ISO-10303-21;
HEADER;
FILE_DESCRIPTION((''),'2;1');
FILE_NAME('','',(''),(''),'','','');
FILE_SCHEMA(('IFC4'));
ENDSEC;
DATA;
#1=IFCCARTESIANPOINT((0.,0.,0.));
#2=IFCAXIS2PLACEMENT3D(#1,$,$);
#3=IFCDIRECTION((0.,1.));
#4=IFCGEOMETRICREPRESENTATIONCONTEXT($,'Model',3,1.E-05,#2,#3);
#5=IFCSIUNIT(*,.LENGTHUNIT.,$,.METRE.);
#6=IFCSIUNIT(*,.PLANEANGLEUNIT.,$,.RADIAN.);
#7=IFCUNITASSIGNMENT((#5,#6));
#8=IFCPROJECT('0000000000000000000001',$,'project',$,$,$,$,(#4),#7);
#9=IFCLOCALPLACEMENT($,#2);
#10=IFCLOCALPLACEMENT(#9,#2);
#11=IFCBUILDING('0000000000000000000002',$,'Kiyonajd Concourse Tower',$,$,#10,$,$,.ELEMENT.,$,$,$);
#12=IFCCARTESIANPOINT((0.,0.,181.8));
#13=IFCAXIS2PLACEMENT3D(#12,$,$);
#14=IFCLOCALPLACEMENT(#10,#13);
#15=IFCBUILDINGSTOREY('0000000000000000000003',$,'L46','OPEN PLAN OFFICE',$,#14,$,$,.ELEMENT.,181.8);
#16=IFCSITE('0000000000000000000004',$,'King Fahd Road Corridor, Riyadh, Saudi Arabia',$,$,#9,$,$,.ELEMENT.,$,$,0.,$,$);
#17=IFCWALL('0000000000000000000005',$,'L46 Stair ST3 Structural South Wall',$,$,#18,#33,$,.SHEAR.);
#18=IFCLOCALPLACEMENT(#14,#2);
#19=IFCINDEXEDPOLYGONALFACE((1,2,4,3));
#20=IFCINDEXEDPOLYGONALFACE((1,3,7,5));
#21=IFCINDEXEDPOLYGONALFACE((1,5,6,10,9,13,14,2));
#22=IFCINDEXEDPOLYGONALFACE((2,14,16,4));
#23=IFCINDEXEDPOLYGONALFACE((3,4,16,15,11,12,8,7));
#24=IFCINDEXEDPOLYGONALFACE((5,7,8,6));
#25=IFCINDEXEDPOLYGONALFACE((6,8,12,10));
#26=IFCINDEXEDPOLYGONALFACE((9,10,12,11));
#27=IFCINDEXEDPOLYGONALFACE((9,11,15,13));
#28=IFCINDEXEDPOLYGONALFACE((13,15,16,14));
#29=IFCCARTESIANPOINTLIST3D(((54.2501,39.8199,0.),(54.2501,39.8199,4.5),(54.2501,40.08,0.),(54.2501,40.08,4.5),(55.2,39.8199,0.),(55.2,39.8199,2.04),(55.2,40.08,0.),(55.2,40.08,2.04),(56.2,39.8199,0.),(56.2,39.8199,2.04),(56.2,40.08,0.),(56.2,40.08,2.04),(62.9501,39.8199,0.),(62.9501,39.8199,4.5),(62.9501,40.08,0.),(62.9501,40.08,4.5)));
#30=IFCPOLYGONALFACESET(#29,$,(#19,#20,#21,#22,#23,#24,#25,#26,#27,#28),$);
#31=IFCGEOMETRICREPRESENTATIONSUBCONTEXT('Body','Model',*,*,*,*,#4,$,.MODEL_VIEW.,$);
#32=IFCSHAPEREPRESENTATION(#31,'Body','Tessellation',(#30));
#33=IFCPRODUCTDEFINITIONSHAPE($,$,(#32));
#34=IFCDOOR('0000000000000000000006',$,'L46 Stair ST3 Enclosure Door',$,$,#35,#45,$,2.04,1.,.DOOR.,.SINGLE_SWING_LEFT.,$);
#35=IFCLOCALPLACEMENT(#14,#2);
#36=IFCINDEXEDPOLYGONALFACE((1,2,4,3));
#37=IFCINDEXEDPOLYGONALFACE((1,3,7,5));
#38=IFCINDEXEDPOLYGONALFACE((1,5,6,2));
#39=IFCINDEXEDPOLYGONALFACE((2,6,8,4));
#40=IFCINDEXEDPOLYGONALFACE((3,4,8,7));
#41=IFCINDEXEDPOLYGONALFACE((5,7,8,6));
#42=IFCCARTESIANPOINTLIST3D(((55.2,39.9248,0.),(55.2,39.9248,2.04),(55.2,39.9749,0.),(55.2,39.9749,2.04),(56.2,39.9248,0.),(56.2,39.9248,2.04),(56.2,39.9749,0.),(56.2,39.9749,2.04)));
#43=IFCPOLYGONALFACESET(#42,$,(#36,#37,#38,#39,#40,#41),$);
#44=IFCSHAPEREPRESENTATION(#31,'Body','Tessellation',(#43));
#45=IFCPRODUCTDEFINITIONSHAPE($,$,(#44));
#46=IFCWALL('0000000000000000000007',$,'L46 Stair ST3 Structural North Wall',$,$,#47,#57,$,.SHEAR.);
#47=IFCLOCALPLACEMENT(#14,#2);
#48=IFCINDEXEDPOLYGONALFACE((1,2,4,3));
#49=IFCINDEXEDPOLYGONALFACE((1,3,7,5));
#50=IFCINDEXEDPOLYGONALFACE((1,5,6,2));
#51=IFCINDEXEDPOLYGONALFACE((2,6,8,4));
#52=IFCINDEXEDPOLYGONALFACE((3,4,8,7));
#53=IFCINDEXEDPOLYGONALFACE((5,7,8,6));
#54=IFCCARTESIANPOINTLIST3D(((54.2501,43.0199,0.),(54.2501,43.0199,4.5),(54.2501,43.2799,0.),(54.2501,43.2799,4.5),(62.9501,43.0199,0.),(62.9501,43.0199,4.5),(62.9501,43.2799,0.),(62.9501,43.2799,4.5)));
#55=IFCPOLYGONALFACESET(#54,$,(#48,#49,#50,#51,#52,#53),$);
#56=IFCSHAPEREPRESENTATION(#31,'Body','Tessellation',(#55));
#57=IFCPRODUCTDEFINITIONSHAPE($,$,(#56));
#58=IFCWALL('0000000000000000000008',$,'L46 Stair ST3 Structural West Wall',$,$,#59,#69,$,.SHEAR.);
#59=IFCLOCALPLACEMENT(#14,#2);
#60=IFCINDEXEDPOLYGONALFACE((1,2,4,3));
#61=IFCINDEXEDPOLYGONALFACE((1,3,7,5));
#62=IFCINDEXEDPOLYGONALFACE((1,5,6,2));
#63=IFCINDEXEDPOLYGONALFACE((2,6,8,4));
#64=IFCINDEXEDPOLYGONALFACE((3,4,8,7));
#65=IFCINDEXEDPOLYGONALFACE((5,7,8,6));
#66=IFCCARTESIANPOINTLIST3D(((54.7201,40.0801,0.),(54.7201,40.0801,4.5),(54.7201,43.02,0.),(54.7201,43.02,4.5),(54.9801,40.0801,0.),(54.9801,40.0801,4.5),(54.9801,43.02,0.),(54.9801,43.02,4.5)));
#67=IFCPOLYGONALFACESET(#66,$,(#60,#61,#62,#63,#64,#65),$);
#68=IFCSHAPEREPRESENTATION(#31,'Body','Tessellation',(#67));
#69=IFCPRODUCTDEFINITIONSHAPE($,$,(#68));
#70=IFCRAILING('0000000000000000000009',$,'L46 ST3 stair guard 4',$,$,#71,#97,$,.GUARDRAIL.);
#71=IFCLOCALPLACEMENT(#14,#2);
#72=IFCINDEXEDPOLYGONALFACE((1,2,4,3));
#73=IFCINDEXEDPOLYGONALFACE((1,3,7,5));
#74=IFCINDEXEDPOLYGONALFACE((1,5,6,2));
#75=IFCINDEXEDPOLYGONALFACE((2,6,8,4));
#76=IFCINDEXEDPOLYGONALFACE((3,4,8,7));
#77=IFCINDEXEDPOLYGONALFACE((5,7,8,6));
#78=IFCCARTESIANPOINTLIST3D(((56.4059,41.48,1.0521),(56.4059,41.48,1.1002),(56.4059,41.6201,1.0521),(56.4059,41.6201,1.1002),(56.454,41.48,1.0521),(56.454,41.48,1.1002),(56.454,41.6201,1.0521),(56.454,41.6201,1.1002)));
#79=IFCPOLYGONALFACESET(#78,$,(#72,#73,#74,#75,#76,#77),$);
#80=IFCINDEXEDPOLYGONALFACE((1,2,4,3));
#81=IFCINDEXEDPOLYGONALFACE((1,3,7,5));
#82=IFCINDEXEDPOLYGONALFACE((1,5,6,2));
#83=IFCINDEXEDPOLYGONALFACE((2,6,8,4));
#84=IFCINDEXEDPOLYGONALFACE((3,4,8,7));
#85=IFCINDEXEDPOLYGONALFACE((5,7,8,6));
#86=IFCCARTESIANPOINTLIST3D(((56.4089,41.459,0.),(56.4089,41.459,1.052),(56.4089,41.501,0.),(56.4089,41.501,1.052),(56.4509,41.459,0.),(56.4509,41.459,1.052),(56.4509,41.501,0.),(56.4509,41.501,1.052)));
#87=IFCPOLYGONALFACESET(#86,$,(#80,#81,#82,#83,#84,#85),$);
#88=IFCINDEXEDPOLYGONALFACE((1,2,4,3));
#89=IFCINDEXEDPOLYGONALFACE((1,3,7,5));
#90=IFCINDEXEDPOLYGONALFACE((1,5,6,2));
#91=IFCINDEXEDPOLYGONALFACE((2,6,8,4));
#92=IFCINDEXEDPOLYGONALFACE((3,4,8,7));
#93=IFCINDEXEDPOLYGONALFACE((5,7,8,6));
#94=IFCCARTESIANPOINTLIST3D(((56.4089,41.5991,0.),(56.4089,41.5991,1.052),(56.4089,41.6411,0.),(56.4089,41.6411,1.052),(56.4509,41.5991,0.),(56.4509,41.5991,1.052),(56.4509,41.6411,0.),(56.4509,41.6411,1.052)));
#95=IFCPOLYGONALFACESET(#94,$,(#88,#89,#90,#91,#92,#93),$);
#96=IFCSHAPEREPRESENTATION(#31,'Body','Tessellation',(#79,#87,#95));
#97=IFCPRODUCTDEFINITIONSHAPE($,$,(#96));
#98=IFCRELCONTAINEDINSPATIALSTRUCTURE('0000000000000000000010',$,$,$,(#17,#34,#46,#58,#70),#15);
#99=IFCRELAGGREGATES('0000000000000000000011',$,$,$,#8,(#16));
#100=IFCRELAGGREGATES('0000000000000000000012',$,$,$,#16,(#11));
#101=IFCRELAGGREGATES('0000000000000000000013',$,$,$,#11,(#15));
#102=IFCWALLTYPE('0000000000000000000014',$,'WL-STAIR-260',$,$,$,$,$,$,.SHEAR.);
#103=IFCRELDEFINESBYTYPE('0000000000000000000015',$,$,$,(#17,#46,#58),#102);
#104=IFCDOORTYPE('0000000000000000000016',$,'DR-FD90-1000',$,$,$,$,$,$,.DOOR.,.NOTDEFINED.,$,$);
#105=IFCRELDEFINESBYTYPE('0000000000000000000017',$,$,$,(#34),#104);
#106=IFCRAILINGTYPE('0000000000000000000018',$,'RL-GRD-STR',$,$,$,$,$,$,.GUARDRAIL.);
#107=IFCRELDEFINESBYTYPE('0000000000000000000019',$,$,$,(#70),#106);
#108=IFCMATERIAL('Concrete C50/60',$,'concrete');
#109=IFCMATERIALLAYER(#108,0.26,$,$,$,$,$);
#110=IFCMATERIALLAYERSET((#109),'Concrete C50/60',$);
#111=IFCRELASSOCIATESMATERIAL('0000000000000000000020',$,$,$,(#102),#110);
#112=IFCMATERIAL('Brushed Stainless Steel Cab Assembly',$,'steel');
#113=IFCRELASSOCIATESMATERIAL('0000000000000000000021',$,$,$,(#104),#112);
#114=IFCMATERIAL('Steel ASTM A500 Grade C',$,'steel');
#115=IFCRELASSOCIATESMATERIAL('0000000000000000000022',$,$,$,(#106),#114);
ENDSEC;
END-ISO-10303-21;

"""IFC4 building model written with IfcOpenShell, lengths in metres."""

from ifc_helpers import new_model, si_unit, direction, frame, frame_2d, origin, origin_2d, place, context, subcontext, project, spatial, rectangle, extrude, material, layer, layer_set, type_object, element, fill, save


model = new_model("IFC4")

# Units and contexts
model_context = context("Model", 3, precision=1e-05, world=origin(), true_north=direction((0.0, 1.0)))
body_context = subcontext(model_context, "Body", "Model", "MODEL_VIEW")
ifc_project = project(units=[si_unit("LENGTHUNIT", "METRE"), si_unit("PLANEANGLEUNIT", "RADIAN")], contexts=[model_context])

# Site, building, storey
site_placement = place(None, origin())
site = spatial("IfcSite", under=ifc_project, at=site_placement, Name="King Fahd Road Corridor, Riyadh, Saudi Arabia", CompositionType="ELEMENT", RefElevation=0.0)
building_placement = place(site_placement, origin())
building = spatial("IfcBuilding", under=site, at=building_placement, Name="Kiyonajd Concourse Tower", CompositionType="ELEMENT")
storey_placement = place(building_placement, frame((0.0, 0.0, 181.8)))
storey = spatial("IfcBuildingStorey", under=building, at=storey_placement, Name="L46", Description="OPEN PLAN OFFICE", CompositionType="ELEMENT", Elevation=181.8)

# Shared definitions
ifc_material_1 = material(Name="Concrete C50/60", Category="concrete")

# Shared definitions
ifc_material_2 = material(Name="Brushed Stainless Steel Cab Assembly", Category="steel")

# Wall, opening, door
ifc_layer_1 = layer(ifc_material_1, 0.26)
ifc_layer_set_1 = layer_set([ifc_layer_1], Name="Concrete C50/60")
wall_type_1 = type_object("IfcWallType", Name="WL-STAIR-260", PredefinedType="SHEAR", material=ifc_layer_set_1)
wall_1_placement = place(storey_placement, frame((54.25, 39.95, 0.0), z_axis=(0.0, 0.0, 1.0), x_axis=(1.0, 0.0, 0.0)))
wall_1 = element("IfcWall", 1, at=wall_1_placement, inside=storey, type_object=wall_type_1, Name="L46 Stair ST3 Structural South Wall", PredefinedType="SHEAR", context=body_context, shape_type="SweptSolid", body=[
    extrude(rectangle(XDim=8.7, YDim=0.26, at=frame_2d((4.3501, 0.0))), origin(), (0.0, 0.0, 1.0), 4.5),
])
opening_1_placement = place(wall_1_placement, frame((0.95, 0.0, 0.0)))
opening_1 = element("IfcOpeningElement", 2, at=opening_1_placement, cuts=wall_1, PredefinedType="OPENING", context=body_context, shape_type="SweptSolid", body=[
    extrude(rectangle(XDim=1.0, YDim=2.04, at=frame_2d((0.5, 1.02))), frame((0.0, 0.1399, 0.0), z_axis=(0.0, -1.0, 0.0), x_axis=(1.0, 0.0, 0.0)), (0.0, 0.0, 1.0), 0.28),
])
door_type_1 = type_object("IfcDoorType", Name="DR-FD90-1000", OperationType="NOTDEFINED", PredefinedType="DOOR", material=ifc_material_2)
door_1_placement = place(opening_1_placement, origin())
door_1 = element("IfcDoor", 3, at=door_1_placement, inside=storey, type_object=door_type_1, Name="L46 Stair ST3 Enclosure Door", OperationType="SINGLE_SWING_LEFT", OverallHeight=2.04, OverallWidth=1.0, PredefinedType="DOOR", context=body_context, shape_type="SweptSolid", body=[
    extrude(rectangle(XDim=1.0, YDim=2.04, at=frame_2d((0.5, 1.02))), frame((0.0, 0.0249, 0.0), z_axis=(0.0, -1.0, 0.0), x_axis=(1.0, 0.0, 0.0)), (0.0, 0.0, 1.0), 0.05),
])
fill(opening_1, door_1)

# Walls
wall_2_placement = place(storey_placement, frame((54.25, 43.1499, 0.0), z_axis=(0.0, 0.0, 1.0), x_axis=(1.0, 0.0, 0.0)))
element("IfcWall", 4, at=wall_2_placement, inside=storey, type_object=wall_type_1, Name="L46 Stair ST3 Structural North Wall", PredefinedType="SHEAR", context=body_context, shape_type="SweptSolid", body=[
    extrude(rectangle(XDim=8.7, YDim=0.26, at=frame_2d((4.3501, 0.0))), origin(), (0.0, 0.0, 1.0), 4.5),
])
wall_3_placement = place(storey_placement, frame((54.8501, 40.0801, 0.0), z_axis=(0.0, 0.0, 1.0), x_axis=(0.0, 1.0, 0.0)))
element("IfcWall", 5, at=wall_3_placement, inside=storey, type_object=wall_type_1, Name="L46 Stair ST3 Structural West Wall", PredefinedType="SHEAR", context=body_context, shape_type="SweptSolid", body=[
    extrude(rectangle(XDim=2.9399, YDim=0.26, at=frame_2d((1.47, 0.0))), origin(), (0.0, 0.0, 1.0), 4.5),
])

# Railing
ifc_material_3 = material(Name="Steel ASTM A500 Grade C", Category="steel")
railing_type = type_object("IfcRailingType", Name="RL-GRD-STR", PredefinedType="GUARDRAIL", material=ifc_material_3)
railing_placement = place(storey_placement, frame((56.4299, 41.48, 0.0)))
element("IfcRailing", 6, at=railing_placement, inside=storey, type_object=railing_type, Name="L46 ST3 stair guard 4", PredefinedType="GUARDRAIL", context=body_context, shape_type="SweptSolid", body=[
    extrude(rectangle(XDim=0.0481, YDim=0.0481, at=origin_2d()), frame((0.0, 0.0, 1.0762), z_axis=(0.0, 1.0, 0.0), x_axis=(-1.0, 0.0, 0.0)), (0.0, 0.0, 1.0), 0.1401),
    extrude(rectangle(XDim=0.042, YDim=0.042, at=origin_2d()), origin(), (0.0, 0.0, 1.0), 1.052),
    extrude(rectangle(XDim=0.042, YDim=0.042, at=origin_2d()), frame((0.0, 0.1401, 0.0)), (0.0, 0.0, 1.0), 1.052),
])

save(model, "model.ifc")
